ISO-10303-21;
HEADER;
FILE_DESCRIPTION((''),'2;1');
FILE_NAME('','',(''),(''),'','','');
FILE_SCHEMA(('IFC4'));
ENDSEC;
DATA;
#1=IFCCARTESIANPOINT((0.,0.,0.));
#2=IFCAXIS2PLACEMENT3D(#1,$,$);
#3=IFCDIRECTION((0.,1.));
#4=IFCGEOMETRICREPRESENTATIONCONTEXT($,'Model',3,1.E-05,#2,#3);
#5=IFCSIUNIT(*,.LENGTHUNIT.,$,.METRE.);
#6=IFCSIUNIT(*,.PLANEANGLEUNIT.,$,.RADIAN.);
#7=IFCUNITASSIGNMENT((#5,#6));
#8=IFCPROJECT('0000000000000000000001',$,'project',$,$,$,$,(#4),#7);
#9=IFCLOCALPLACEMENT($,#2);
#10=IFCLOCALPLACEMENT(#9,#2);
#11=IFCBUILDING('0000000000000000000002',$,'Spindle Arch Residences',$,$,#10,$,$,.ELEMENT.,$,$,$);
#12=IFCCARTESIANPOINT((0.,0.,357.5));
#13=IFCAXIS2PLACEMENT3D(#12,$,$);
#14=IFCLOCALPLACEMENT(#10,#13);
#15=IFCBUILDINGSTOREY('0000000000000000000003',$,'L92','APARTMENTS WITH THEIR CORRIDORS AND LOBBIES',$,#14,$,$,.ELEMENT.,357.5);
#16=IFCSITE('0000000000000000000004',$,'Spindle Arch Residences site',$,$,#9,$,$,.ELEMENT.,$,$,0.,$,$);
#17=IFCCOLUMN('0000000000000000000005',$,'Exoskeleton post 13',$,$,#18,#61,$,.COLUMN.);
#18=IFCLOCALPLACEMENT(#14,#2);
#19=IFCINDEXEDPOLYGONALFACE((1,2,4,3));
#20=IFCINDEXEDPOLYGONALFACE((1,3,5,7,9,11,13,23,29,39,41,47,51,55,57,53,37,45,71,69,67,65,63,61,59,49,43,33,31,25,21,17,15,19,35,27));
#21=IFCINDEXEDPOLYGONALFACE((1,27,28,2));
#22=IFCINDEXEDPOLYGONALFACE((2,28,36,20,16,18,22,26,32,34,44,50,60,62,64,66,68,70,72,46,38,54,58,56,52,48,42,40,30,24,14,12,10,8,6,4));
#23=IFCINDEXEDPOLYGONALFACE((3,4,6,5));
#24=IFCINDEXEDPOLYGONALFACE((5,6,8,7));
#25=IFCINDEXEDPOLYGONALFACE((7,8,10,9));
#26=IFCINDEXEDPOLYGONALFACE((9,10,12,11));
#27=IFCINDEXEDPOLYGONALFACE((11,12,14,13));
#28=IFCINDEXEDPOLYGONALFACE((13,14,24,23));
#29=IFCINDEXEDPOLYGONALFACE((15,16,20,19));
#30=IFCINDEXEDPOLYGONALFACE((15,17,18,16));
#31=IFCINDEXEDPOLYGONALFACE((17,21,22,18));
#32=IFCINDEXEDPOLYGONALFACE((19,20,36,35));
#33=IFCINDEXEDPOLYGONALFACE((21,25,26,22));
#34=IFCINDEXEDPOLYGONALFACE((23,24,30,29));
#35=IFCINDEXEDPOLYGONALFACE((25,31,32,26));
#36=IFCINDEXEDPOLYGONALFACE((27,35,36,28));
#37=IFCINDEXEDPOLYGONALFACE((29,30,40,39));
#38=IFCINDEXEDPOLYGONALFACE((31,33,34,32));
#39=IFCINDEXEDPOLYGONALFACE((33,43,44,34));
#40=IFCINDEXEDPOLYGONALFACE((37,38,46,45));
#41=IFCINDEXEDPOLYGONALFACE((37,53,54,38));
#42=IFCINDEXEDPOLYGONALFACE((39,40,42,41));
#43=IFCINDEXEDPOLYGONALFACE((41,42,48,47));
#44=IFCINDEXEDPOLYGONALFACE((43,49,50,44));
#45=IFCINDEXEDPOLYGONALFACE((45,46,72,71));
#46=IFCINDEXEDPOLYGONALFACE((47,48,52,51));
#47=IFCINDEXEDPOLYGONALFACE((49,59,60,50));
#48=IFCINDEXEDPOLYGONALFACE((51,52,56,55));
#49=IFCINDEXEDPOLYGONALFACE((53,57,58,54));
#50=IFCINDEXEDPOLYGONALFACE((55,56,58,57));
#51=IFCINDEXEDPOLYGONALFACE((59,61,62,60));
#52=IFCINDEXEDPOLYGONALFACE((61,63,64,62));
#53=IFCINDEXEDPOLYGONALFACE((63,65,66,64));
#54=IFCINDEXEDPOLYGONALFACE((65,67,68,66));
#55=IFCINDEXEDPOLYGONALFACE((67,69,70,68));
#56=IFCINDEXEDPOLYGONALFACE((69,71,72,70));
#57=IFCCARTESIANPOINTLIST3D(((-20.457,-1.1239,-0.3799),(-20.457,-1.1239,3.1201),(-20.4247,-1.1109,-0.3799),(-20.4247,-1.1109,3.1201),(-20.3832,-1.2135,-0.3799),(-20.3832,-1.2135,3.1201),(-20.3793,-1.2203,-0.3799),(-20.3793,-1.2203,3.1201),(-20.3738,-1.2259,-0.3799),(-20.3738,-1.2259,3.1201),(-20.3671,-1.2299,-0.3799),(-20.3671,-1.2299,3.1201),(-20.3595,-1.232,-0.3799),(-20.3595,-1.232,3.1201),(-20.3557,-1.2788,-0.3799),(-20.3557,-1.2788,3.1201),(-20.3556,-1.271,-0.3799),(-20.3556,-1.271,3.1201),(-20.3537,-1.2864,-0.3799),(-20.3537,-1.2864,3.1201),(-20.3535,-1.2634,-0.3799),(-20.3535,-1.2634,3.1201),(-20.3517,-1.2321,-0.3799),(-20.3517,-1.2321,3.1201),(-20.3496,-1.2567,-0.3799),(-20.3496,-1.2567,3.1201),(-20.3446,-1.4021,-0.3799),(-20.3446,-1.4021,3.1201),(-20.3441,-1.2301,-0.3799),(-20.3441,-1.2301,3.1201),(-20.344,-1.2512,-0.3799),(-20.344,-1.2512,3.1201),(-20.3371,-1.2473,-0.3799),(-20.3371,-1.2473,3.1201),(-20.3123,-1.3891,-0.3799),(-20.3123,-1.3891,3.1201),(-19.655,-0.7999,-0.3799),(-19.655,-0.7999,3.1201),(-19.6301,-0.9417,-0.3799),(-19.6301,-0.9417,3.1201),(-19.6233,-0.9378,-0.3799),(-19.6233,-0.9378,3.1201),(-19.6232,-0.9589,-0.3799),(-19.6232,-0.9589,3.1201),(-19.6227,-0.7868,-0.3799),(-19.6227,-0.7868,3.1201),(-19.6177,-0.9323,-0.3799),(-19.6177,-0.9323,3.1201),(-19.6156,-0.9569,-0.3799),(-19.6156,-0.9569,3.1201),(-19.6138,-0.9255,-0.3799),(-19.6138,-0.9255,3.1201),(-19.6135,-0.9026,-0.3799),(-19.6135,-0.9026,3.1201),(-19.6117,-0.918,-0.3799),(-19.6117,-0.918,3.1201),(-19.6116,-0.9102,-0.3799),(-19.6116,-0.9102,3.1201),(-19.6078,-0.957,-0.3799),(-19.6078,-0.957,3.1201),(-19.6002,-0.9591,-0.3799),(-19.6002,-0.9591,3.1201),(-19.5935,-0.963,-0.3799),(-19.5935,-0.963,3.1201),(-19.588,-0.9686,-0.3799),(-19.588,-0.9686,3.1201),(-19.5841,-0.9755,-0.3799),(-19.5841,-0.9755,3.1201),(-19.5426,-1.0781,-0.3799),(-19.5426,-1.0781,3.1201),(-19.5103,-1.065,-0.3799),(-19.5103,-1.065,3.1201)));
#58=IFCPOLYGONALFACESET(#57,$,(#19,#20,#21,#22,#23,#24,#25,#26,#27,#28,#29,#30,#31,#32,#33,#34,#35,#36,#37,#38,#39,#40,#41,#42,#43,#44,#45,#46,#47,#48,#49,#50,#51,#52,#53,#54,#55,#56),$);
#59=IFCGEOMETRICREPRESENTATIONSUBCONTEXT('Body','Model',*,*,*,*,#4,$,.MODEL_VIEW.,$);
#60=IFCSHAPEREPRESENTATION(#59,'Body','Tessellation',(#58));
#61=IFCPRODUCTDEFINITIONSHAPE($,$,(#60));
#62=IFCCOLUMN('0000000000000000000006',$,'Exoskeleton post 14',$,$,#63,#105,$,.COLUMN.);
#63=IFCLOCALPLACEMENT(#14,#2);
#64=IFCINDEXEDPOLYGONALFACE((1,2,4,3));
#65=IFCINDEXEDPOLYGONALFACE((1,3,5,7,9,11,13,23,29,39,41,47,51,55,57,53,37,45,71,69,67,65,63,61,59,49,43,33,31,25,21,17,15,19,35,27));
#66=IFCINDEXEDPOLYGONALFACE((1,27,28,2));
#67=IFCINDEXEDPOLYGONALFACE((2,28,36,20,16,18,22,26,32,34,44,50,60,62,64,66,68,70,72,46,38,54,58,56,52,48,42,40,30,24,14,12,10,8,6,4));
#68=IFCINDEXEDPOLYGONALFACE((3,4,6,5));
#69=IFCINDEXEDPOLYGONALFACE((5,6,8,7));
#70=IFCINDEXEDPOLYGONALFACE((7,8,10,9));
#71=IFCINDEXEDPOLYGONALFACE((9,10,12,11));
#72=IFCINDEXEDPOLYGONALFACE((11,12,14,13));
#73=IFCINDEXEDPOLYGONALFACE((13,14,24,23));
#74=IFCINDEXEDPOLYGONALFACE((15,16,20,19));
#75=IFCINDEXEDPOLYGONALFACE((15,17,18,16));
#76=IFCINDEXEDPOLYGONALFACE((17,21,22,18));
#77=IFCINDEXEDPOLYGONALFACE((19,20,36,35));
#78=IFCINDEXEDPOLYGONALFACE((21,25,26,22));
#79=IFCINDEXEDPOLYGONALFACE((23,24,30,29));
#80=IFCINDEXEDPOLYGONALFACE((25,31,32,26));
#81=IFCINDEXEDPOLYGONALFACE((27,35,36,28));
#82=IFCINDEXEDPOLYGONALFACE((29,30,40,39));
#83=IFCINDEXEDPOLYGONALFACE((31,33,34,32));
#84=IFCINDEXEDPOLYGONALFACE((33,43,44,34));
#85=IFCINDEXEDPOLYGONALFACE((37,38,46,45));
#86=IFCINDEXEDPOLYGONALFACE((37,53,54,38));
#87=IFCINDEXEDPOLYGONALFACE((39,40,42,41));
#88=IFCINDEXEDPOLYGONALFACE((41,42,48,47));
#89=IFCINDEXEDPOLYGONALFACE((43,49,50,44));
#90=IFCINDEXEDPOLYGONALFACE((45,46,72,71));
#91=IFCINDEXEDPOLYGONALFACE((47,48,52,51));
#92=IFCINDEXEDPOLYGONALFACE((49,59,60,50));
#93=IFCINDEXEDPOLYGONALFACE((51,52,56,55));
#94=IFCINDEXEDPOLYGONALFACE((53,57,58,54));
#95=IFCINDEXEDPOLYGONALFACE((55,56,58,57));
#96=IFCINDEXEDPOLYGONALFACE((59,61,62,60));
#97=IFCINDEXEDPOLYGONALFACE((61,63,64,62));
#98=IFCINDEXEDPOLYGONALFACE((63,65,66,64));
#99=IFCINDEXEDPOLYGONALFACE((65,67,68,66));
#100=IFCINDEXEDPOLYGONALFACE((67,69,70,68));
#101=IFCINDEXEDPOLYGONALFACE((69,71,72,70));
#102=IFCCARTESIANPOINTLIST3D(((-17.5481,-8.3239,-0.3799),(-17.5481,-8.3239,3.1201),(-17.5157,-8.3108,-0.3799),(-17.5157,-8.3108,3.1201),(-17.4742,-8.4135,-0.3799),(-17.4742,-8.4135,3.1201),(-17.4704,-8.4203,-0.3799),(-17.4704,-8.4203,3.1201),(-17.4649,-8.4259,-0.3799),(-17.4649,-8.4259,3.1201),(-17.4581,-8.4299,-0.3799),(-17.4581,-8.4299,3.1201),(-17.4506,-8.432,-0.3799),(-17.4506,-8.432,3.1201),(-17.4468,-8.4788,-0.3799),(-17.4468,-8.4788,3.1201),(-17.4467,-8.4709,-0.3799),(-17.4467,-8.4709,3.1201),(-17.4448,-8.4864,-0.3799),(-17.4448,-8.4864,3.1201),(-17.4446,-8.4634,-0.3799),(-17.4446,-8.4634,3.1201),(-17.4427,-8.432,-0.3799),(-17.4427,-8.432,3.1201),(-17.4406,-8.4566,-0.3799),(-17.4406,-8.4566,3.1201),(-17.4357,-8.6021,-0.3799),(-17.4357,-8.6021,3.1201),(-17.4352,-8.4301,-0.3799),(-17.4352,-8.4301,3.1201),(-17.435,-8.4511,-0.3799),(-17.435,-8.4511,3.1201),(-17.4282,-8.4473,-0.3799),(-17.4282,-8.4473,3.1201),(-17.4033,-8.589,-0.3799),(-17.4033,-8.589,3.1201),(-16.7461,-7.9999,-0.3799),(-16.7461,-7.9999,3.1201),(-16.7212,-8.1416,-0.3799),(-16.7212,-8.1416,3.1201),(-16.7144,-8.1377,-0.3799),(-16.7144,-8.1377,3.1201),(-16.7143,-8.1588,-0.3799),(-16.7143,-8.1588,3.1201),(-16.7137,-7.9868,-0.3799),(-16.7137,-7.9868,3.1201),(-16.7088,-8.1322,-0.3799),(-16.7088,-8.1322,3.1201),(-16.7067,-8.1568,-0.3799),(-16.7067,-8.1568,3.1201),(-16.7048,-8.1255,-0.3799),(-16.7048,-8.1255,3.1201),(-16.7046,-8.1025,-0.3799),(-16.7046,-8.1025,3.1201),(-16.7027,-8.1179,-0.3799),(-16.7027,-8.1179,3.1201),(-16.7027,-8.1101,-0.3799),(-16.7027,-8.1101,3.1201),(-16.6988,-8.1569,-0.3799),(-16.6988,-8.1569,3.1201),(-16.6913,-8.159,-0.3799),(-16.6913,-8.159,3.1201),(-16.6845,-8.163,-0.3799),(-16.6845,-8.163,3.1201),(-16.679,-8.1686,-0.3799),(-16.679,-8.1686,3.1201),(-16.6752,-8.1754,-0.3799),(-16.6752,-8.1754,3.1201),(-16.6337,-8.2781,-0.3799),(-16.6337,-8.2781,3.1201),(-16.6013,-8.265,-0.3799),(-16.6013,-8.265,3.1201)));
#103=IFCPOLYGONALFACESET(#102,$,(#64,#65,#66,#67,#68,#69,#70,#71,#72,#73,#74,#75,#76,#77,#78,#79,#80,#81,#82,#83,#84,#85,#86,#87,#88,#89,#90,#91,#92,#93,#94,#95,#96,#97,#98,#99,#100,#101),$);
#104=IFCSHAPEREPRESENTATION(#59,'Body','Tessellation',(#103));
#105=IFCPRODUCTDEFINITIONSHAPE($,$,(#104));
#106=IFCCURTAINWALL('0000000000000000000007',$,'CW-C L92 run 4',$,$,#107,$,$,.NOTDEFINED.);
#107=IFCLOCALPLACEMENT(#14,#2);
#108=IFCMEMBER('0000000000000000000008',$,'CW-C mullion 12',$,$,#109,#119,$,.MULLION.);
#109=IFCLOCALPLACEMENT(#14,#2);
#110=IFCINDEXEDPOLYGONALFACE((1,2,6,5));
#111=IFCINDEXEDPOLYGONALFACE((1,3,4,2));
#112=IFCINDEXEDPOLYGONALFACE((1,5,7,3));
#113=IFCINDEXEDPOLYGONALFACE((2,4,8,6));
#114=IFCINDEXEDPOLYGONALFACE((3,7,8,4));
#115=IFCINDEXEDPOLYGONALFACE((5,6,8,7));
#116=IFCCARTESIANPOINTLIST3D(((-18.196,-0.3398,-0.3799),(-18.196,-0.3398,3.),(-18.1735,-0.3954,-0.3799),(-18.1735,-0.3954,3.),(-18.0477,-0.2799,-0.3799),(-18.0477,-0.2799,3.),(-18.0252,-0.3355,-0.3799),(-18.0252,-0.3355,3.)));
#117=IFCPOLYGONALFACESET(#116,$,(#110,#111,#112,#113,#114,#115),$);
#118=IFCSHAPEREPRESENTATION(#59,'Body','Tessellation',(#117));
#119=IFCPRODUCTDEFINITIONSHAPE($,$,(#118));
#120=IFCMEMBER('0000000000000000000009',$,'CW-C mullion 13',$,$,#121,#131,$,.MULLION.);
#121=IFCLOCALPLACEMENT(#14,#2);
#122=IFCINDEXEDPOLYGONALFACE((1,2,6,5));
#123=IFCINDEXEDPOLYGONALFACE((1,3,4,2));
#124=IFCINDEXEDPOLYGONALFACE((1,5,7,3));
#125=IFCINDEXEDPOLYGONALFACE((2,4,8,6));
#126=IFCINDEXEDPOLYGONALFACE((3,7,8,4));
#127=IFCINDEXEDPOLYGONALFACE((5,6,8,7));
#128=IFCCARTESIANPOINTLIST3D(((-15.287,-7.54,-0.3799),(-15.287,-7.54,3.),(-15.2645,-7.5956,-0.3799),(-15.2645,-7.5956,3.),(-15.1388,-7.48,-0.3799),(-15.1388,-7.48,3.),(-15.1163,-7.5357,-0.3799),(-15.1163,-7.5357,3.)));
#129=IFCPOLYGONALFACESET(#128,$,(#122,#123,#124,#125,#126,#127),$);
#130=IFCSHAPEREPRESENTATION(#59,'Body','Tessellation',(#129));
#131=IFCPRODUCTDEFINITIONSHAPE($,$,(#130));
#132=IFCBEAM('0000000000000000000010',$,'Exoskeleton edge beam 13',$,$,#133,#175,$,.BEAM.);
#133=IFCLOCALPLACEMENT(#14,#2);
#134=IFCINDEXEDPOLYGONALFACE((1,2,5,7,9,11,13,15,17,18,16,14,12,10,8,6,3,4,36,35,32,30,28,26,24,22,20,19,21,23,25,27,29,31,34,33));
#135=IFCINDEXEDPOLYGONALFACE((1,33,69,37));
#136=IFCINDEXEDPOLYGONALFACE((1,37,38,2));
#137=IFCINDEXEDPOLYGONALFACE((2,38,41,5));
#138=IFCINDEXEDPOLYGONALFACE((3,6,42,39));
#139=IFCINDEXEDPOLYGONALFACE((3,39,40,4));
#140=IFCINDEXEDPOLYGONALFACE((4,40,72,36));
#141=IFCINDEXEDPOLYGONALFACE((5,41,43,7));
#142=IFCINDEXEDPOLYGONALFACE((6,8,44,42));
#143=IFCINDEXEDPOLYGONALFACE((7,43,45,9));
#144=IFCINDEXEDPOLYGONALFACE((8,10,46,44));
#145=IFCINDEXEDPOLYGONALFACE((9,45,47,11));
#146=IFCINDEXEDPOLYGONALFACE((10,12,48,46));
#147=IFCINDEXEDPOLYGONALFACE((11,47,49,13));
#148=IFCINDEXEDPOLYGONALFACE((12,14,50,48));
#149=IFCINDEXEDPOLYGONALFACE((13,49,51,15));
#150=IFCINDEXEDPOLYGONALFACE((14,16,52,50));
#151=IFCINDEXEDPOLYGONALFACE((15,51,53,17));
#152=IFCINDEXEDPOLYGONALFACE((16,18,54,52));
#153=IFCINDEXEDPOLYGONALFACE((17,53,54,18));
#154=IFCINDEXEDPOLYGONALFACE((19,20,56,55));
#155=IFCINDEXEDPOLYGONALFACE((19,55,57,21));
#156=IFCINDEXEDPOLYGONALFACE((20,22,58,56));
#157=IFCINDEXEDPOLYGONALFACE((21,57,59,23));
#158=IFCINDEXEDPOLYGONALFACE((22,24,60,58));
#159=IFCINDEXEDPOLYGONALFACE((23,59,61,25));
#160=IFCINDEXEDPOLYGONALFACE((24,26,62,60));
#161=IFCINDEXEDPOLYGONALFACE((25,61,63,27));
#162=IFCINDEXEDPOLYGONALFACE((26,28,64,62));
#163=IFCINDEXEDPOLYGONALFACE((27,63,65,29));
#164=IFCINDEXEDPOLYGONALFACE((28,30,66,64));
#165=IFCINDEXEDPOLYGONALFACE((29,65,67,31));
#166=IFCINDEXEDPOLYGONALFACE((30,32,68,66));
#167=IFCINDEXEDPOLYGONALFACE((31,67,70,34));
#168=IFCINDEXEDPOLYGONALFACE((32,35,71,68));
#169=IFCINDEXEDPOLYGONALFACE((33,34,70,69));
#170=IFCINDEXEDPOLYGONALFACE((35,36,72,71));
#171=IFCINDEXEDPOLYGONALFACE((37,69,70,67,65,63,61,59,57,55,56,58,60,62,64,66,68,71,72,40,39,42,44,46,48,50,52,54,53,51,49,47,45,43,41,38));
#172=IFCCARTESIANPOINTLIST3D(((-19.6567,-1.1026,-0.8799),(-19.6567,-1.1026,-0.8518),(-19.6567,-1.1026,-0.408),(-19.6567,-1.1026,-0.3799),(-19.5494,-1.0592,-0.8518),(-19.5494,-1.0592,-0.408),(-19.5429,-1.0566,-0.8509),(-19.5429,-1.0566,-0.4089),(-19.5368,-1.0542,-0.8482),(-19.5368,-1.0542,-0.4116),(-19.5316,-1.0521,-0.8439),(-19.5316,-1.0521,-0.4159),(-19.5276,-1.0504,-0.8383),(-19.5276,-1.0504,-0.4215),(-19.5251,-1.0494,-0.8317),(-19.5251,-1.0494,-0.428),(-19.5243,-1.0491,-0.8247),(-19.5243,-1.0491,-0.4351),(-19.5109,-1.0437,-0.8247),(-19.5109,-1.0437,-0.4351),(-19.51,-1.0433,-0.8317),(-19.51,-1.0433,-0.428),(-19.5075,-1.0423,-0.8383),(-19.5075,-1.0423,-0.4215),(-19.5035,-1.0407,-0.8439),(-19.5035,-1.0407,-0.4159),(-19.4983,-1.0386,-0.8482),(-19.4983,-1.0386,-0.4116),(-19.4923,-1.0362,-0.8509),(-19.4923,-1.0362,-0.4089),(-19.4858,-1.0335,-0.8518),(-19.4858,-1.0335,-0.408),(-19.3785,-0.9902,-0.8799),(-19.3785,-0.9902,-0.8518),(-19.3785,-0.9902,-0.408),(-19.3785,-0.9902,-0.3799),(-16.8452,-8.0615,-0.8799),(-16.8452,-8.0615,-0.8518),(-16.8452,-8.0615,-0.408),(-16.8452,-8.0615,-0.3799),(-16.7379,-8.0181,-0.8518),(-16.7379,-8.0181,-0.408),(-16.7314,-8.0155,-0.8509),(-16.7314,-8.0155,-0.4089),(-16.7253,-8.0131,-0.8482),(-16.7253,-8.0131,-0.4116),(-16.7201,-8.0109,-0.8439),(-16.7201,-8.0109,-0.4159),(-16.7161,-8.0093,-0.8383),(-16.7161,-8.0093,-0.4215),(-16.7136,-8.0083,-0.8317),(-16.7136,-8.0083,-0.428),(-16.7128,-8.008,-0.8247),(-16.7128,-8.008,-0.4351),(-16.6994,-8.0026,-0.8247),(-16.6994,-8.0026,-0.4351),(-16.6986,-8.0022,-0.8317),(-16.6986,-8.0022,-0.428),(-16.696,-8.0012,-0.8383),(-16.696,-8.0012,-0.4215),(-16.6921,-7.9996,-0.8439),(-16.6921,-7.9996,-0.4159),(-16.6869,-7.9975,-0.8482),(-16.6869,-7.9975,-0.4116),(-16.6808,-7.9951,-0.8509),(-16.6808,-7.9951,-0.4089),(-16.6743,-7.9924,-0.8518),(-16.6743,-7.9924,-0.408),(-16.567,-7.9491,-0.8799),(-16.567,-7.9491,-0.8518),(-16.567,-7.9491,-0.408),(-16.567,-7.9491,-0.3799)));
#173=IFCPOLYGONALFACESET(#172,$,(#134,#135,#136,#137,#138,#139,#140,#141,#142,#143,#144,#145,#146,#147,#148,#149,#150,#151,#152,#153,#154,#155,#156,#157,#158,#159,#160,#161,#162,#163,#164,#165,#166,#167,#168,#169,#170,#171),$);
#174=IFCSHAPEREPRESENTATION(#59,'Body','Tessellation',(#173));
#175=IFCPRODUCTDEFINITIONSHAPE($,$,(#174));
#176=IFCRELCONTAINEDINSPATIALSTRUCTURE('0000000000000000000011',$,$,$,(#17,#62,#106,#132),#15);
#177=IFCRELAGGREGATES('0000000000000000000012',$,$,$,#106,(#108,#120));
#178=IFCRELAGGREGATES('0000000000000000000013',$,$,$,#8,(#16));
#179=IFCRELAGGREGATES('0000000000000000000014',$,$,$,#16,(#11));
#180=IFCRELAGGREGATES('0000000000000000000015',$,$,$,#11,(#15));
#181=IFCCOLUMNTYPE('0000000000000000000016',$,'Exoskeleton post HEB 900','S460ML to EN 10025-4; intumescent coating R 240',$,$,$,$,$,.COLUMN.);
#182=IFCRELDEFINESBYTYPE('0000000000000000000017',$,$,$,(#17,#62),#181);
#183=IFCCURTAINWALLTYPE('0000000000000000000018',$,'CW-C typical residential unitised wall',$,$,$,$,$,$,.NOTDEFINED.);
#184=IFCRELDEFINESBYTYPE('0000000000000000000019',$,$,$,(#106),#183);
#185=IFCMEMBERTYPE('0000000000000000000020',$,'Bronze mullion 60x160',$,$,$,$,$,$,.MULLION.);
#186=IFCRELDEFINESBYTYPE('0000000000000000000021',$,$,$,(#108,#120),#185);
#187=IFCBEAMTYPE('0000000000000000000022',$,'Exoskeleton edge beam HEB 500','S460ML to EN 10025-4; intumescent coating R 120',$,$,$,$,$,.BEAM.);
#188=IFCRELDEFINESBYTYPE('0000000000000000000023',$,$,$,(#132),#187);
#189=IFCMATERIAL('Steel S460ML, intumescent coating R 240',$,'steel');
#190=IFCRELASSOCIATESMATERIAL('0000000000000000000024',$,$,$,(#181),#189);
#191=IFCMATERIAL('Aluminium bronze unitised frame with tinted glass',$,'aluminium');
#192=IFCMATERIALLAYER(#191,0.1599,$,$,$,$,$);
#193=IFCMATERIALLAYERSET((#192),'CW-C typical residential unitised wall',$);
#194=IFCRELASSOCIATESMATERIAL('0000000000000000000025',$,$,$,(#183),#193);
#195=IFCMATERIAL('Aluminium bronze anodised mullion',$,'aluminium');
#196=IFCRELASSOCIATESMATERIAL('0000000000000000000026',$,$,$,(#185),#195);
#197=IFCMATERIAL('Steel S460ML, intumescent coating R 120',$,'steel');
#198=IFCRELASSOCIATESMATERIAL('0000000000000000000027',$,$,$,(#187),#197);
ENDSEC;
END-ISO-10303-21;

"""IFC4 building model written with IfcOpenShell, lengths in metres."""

from ifc_helpers import new_model, si_unit, direction, frame, origin, origin_2d, place, context, subcontext, project, spatial, rectangle, i_section, extrude, material, layer, layer_set, material_profile, profile_set, type_object, element, aggregate, save


model = new_model("IFC4")

# Units and contexts
model_context = context("Model", 3, precision=1e-05, world=origin(), true_north=direction((0.0, 1.0)))
body_context = subcontext(model_context, "Body", "Model", "MODEL_VIEW")
ifc_project = project(units=[si_unit("LENGTHUNIT", "METRE"), si_unit("PLANEANGLEUNIT", "RADIAN")], contexts=[model_context])

# Site, building, storey
site_placement = place(None, origin())
site = spatial("IfcSite", under=ifc_project, at=site_placement, Name="Spindle Arch Residences site", CompositionType="ELEMENT", RefElevation=0.0)
building_placement = place(site_placement, origin())
building = spatial("IfcBuilding", under=site, at=building_placement, Name="Spindle Arch Residences", CompositionType="ELEMENT")
storey_placement = place(building_placement, frame((0.0, 0.0, 357.5)))
storey = spatial("IfcBuildingStorey", under=building, at=storey_placement, Name="L92", Description="APARTMENTS WITH THEIR CORRIDORS AND LOBBIES", CompositionType="ELEMENT", Elevation=357.5)

# Columns
ifc_material_1 = material(Name="Steel S460ML, intumescent coating R 240", Category="steel")
ifc_material_profile_1 = material_profile(ifc_material_1, i_section(OverallWidth=0.3, OverallDepth=0.8999, WebThickness=0.0186, FlangeThickness=0.0349, FilletRadius=0.03, at=origin_2d()), Name="HEB 900")
ifc_profile_set_1 = profile_set([ifc_material_profile_1], Name="Steel S460ML, intumescent coating R 240")
column_type = type_object("IfcColumnType", Name="Exoskeleton post HEB 900", Description="S460ML to EN 10025-4; intumescent coating R 240", PredefinedType="COLUMN", material=ifc_profile_set_1)
for number, where, z_axis, x_axis, name in (
    (1, (-19.9836, -1.0945, -0.3799), (0.0, 0.0, 1.0), (-0.374607, 0.927184, 0.0), "Exoskeleton post 13"),
    (2, (-17.0747, -8.2944, -0.3799), (0.0, 0.0, 1.0), (-0.374607, 0.927184, 0.0), "Exoskeleton post 14"),
):
    element("IfcColumn", number, at=place(storey_placement, frame(where, z_axis=z_axis, x_axis=x_axis)), inside=storey, type_object=column_type, Name=name, PredefinedType="COLUMN", context=body_context, shape_type="SweptSolid", body=[
        extrude(i_section(OverallWidth=0.3, OverallDepth=0.8999, WebThickness=0.0186, FlangeThickness=0.0349, FilletRadius=0.03, at=origin_2d()), origin(), (0.0, 0.0, 1.0), 3.5),
    ])

# Curtain wall, members
ifc_material_2 = material(Name="Aluminium bronze unitised frame with tinted glass", Category="aluminium")
ifc_layer_1 = layer(ifc_material_2, 0.1599)
ifc_layer_set_1 = layer_set([ifc_layer_1], Name="CW-C typical residential unitised wall")
curtain_wall_type = type_object("IfcCurtainWallType", Name="CW-C typical residential unitised wall", PredefinedType="NOTDEFINED", material=ifc_layer_set_1)
curtain_wall_placement = place(storey_placement, origin())
curtain_wall = element("IfcCurtainWall", 3, at=curtain_wall_placement, inside=storey, type_object=curtain_wall_type, Name="CW-C L92 run 4", PredefinedType="NOTDEFINED")
ifc_material_3 = material(Name="Aluminium bronze anodised mullion", Category="aluminium")
ifc_material_profile_2 = material_profile(ifc_material_3, rectangle(XDim=0.1599, YDim=0.0601, at=origin_2d()), Name="MU 60x160")
ifc_profile_set_2 = profile_set([ifc_material_profile_2], Name="Aluminium bronze anodised mullion")
member_type = type_object("IfcMemberType", Name="Bronze mullion 60x160", PredefinedType="MULLION", material=ifc_profile_set_2)
member_1_placement = place(storey_placement, frame((-18.1106, -0.3376, -0.3799), z_axis=(0.0, 0.0, 1.0), x_axis=(0.927184, 0.374607, 0.0)))
member_1 = element("IfcMember", 4, at=member_1_placement, type_object=member_type, Name="CW-C mullion 12", PredefinedType="MULLION", context=body_context, shape_type="SweptSolid", body=[
    extrude(rectangle(XDim=0.1599, YDim=0.0601, at=origin_2d()), origin(), (0.0, 0.0, 1.0), 3.3799),
])
member_2_placement = place(storey_placement, frame((-15.2017, -7.5378, -0.3799), z_axis=(0.0, 0.0, 1.0), x_axis=(0.927184, 0.374607, 0.0)))
member_2 = element("IfcMember", 5, at=member_2_placement, type_object=member_type, Name="CW-C mullion 13", PredefinedType="MULLION", context=body_context, shape_type="SweptSolid", body=[
    extrude(rectangle(XDim=0.1599, YDim=0.0601, at=origin_2d()), origin(), (0.0, 0.0, 1.0), 3.3799),
])

# Beam
ifc_material_4 = material(Name="Steel S460ML, intumescent coating R 120", Category="steel")
ifc_material_profile_3 = material_profile(ifc_material_4, i_section(OverallWidth=0.3, OverallDepth=0.5, WebThickness=0.0144, FlangeThickness=0.0281, FilletRadius=0.0271, at=origin_2d()), Name="HEB 500")
ifc_profile_set_3 = profile_set([ifc_material_profile_3], Name="Steel S460ML, intumescent coating R 120")
beam_type_1 = type_object("IfcBeamType", Name="Exoskeleton edge beam HEB 500", Description="S460ML to EN 10025-4; intumescent coating R 120", PredefinedType="BEAM", material=ifc_profile_set_3)
for number, where, z_axis, x_axis, name in (
    (6, (-19.5176, -1.0464, -0.6299), (0.374596, -0.927188, 0.0), (0.927188, 0.374596, 0.0), "Exoskeleton edge beam 13"),
):
    element("IfcBeam", number, at=place(storey_placement, frame(where, z_axis=z_axis, x_axis=x_axis)), inside=storey, type_object=beam_type_1, Name=name, PredefinedType="BEAM", context=body_context, shape_type="SweptSolid", body=[
        extrude(i_section(OverallWidth=0.3, OverallDepth=0.5, WebThickness=0.0144, FlangeThickness=0.0281, FilletRadius=0.0271, at=origin_2d()), origin(), (0.0, 0.0, 1.0), 7.5054),
    ])

aggregate(curtain_wall, [member_1, member_2])

save(model, "model.ifc")
